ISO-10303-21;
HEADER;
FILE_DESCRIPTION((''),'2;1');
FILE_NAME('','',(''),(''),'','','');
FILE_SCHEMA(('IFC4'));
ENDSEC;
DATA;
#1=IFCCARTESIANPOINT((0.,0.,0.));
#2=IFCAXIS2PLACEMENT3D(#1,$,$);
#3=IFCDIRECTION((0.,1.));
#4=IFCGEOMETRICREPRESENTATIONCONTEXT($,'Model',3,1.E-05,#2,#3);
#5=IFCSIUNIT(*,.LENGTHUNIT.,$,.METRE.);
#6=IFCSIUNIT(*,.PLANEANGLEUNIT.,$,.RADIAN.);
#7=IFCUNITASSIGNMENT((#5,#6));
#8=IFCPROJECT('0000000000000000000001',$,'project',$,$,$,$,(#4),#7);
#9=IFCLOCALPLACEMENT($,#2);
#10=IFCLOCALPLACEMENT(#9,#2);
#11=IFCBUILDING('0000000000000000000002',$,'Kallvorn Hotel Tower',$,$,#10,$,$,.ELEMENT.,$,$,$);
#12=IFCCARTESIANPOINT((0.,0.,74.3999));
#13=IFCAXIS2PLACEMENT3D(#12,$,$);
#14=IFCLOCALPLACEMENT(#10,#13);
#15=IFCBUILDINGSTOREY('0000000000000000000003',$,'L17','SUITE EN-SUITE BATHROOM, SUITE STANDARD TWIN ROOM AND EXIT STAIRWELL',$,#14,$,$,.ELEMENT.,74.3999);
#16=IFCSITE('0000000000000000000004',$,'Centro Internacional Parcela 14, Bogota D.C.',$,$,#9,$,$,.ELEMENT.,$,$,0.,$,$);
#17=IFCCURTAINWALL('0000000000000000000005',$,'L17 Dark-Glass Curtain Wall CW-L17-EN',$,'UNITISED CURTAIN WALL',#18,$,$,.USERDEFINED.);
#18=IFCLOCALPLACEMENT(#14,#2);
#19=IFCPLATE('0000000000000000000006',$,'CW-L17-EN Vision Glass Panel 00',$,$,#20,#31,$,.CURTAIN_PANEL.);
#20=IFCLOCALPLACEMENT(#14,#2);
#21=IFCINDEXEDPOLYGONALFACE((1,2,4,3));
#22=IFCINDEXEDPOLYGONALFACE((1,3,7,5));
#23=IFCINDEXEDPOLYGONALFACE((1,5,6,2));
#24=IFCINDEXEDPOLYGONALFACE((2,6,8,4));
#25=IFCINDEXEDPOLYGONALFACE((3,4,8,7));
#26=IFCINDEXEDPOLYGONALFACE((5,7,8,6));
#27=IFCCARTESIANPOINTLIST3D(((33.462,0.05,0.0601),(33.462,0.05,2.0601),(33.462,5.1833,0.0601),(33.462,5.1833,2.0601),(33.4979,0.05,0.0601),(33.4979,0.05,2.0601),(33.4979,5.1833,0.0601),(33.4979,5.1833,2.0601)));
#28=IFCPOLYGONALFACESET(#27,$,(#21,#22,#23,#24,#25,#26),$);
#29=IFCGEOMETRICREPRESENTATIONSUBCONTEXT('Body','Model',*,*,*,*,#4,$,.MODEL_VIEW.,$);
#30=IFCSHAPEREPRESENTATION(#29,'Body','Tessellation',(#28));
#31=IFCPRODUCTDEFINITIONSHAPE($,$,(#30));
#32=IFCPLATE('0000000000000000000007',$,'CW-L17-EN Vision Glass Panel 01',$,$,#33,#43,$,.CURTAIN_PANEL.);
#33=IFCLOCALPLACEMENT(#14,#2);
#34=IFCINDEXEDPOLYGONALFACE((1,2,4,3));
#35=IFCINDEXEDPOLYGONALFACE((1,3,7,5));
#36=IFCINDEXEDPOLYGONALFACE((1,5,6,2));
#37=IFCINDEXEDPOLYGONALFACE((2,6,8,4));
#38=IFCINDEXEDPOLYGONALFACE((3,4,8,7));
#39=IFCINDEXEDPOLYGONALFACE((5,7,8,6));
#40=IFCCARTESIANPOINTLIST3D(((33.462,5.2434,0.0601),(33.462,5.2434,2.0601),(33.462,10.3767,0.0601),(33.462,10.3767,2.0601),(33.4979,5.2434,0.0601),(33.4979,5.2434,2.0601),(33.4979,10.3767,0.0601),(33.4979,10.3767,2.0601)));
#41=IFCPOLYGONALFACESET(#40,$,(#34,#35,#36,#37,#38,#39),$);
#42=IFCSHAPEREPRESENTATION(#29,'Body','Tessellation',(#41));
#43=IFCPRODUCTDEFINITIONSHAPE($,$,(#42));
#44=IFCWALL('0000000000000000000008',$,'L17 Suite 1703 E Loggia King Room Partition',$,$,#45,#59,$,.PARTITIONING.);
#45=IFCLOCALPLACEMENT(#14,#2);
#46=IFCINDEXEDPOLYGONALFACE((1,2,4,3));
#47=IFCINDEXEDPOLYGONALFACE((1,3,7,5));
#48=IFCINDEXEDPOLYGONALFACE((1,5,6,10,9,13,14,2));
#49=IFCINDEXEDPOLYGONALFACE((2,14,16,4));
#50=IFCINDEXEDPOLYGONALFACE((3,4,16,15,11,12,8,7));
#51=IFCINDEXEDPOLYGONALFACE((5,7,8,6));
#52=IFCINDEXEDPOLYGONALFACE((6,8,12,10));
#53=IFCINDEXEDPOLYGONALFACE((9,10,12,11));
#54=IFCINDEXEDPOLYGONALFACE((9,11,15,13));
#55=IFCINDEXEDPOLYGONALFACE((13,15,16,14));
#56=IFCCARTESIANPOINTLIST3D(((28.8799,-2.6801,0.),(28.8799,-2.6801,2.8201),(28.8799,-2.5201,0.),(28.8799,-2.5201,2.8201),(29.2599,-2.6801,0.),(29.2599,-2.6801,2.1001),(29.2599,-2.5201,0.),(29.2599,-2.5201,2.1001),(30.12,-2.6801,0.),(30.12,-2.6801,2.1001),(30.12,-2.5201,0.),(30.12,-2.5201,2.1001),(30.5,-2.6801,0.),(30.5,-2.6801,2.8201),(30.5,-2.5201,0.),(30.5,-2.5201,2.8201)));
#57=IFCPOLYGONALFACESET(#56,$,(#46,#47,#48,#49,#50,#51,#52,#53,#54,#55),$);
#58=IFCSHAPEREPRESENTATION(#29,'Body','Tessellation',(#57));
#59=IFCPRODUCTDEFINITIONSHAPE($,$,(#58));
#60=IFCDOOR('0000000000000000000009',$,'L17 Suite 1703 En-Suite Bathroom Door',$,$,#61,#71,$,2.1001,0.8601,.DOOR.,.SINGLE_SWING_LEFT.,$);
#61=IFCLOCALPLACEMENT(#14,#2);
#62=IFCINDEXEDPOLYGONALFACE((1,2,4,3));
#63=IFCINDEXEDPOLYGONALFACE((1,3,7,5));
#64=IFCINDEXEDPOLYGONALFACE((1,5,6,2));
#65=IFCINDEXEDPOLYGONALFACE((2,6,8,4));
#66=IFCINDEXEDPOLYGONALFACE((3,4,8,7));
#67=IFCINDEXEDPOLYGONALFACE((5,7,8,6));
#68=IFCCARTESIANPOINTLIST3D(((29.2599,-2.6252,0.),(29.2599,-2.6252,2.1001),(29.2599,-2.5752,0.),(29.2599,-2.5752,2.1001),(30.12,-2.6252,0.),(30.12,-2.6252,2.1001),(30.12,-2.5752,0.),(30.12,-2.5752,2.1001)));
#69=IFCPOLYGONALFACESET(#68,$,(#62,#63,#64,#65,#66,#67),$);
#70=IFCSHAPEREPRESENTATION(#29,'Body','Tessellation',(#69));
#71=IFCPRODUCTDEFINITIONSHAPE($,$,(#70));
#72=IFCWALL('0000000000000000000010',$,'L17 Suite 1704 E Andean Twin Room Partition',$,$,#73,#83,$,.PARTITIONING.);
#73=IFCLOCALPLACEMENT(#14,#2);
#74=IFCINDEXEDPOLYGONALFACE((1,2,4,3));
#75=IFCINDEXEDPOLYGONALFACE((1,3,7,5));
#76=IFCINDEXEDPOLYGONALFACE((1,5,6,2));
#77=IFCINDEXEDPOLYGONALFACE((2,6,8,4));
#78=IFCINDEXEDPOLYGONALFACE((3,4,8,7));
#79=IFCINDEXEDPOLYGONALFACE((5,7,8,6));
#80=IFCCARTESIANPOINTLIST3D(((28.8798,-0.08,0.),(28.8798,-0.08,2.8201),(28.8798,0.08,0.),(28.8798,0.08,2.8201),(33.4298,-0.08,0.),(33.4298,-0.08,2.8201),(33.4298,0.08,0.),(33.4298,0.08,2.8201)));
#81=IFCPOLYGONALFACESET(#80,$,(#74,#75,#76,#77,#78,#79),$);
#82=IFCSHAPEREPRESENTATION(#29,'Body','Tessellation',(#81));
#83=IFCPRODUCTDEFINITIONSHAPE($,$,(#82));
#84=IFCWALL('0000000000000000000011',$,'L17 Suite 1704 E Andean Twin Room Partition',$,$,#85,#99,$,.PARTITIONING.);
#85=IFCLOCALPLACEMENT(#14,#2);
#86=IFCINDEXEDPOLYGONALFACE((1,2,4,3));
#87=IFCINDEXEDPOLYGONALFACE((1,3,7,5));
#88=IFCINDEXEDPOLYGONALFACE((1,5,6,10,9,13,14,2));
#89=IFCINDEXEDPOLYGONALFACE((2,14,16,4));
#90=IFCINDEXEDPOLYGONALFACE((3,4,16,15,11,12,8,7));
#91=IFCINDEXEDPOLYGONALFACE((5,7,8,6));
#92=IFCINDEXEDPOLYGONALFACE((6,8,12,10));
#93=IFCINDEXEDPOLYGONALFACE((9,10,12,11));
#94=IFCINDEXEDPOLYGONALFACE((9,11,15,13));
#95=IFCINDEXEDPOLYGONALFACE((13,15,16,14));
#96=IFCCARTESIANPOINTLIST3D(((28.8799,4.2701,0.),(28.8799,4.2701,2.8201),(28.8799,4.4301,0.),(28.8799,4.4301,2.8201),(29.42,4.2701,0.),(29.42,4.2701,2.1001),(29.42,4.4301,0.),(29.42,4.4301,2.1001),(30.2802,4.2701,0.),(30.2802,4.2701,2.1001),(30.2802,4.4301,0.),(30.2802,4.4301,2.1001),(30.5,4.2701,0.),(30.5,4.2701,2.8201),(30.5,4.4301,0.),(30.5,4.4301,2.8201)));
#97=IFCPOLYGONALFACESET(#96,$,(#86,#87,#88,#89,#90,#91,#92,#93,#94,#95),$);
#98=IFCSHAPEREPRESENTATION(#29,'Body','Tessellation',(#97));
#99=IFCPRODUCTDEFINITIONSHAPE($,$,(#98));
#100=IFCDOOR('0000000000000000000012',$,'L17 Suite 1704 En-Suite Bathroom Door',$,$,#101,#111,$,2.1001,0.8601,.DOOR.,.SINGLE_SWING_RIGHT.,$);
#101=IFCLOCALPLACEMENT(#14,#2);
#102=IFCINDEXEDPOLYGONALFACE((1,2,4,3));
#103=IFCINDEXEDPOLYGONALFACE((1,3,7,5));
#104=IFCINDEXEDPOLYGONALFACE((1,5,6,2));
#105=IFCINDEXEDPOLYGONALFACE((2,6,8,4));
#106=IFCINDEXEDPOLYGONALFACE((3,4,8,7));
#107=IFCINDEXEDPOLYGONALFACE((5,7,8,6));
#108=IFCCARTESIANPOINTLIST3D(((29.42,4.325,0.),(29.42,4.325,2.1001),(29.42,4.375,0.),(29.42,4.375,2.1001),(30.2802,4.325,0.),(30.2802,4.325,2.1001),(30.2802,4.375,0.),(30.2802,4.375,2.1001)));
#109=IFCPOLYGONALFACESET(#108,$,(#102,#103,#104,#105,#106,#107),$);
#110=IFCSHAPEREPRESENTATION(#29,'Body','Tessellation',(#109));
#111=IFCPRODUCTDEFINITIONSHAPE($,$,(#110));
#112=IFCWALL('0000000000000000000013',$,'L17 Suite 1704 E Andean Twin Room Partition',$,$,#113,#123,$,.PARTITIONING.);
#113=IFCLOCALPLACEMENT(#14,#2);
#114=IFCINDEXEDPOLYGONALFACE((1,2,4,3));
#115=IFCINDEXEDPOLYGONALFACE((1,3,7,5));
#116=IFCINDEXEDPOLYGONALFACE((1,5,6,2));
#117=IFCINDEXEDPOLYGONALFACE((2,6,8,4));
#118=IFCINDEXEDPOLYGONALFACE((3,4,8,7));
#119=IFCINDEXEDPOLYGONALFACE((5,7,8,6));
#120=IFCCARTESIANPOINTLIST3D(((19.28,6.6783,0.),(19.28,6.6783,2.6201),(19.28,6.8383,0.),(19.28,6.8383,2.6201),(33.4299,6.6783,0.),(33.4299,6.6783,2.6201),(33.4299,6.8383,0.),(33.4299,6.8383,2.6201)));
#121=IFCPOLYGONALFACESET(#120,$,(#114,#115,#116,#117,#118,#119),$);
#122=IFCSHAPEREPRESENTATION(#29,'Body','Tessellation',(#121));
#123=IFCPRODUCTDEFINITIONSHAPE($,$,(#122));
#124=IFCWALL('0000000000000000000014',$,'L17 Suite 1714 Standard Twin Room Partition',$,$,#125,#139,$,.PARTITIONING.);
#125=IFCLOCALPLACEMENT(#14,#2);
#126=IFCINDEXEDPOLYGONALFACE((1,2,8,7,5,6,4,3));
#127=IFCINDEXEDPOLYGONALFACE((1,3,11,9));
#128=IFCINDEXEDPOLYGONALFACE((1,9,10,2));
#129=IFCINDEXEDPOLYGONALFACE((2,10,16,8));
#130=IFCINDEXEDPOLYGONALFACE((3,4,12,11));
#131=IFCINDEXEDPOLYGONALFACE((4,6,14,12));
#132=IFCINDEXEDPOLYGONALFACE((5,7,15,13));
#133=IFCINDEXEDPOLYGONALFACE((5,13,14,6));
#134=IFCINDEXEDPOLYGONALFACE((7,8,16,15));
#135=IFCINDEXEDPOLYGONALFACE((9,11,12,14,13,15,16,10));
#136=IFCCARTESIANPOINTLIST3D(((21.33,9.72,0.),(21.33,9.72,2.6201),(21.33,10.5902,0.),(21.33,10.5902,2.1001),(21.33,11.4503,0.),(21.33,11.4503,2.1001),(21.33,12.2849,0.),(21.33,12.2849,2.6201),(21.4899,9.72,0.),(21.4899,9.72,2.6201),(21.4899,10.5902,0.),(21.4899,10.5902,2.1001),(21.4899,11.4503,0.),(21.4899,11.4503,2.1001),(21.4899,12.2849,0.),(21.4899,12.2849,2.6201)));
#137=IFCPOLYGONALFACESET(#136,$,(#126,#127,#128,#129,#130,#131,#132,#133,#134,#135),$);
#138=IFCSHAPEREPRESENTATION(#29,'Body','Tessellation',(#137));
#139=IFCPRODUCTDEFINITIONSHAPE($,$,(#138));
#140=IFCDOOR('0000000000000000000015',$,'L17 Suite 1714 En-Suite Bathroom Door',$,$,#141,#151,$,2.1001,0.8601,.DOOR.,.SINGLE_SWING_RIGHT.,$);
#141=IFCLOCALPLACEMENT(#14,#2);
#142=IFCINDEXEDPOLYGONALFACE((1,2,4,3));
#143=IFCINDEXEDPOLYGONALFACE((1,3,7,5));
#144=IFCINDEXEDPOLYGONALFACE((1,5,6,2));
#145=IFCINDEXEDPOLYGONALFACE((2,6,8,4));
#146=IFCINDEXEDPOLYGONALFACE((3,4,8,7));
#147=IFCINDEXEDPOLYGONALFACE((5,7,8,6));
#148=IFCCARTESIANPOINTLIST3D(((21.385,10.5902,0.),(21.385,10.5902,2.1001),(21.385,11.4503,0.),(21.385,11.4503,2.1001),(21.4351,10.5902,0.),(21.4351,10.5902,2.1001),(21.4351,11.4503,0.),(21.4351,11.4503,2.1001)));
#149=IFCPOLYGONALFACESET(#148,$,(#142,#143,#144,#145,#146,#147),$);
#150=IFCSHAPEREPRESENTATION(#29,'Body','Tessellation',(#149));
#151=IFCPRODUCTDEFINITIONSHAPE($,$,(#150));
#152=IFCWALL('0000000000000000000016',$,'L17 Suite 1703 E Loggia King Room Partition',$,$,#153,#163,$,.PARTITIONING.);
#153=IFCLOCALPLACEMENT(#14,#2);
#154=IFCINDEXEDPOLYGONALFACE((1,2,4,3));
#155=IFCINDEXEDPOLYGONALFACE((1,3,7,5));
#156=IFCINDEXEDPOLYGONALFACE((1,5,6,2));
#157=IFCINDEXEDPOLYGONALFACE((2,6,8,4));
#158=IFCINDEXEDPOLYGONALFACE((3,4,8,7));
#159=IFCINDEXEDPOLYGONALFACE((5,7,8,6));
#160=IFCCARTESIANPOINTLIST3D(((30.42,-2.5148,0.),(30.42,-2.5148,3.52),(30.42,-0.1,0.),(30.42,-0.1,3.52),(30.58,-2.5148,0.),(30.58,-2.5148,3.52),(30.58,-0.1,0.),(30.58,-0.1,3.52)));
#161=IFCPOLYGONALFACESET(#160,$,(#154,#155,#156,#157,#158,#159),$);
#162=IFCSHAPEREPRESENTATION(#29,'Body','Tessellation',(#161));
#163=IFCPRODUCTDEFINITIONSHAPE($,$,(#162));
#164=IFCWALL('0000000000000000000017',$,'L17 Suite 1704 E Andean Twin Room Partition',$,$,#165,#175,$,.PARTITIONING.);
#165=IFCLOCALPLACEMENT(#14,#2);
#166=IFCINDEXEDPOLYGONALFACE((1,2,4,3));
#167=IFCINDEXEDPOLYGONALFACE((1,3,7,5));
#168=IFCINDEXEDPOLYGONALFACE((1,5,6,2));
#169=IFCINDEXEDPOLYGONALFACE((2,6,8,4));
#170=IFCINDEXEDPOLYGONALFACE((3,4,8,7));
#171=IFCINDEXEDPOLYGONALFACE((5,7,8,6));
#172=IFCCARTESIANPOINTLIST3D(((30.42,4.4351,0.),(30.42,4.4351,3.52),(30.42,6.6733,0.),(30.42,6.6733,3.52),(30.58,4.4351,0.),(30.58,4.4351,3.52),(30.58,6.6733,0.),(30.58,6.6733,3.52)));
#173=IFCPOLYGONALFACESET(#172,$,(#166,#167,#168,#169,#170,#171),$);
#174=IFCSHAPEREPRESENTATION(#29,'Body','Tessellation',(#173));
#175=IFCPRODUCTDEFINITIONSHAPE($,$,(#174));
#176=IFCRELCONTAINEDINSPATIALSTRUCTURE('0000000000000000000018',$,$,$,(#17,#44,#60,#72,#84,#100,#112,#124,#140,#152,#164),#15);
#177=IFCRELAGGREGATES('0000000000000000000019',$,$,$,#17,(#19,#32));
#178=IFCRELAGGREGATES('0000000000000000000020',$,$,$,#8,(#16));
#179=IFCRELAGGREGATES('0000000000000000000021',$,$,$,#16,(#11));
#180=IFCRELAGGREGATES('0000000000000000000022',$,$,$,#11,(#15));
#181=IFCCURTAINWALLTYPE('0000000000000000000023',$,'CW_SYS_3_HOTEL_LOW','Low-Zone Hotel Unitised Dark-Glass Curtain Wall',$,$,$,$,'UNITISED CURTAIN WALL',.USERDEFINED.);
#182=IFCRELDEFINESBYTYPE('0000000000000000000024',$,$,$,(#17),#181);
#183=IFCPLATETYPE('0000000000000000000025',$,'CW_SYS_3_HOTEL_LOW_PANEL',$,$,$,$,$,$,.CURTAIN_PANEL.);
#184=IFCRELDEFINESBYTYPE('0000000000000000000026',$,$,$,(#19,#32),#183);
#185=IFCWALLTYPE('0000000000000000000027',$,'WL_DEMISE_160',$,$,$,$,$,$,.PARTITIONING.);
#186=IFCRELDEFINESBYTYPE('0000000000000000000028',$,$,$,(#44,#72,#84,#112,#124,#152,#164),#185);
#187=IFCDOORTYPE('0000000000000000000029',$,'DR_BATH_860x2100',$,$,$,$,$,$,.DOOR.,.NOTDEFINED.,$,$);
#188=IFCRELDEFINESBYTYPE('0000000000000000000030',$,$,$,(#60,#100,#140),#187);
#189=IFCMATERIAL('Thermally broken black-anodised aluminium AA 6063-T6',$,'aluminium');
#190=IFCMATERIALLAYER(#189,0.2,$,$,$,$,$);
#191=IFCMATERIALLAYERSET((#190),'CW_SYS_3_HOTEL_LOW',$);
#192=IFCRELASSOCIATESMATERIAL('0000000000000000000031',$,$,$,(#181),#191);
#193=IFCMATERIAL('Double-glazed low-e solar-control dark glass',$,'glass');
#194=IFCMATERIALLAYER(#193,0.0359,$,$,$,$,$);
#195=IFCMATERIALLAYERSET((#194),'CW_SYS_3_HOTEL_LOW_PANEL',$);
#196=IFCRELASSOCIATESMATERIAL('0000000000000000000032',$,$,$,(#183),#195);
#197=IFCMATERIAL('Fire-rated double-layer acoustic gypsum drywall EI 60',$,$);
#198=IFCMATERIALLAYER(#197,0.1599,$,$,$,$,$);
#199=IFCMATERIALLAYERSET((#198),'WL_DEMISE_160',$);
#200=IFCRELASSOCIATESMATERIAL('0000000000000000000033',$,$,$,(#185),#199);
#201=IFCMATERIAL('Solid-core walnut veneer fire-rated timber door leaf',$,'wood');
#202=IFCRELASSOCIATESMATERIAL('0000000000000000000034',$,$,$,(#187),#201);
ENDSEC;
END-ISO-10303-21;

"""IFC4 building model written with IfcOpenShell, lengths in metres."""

from ifc_helpers import new_model, si_unit, direction, frame, frame_2d, origin, origin_2d, place, context, subcontext, project, spatial, rectangle, extrude, material, layer, layer_set, type_object, element, fill, aggregate, save


model = new_model("IFC4")

# Units and contexts
model_context = context("Model", 3, precision=1e-05, world=origin(), true_north=direction((0.0, 1.0)))
body_context = subcontext(model_context, "Body", "Model", "MODEL_VIEW")
ifc_project = project(units=[si_unit("LENGTHUNIT", "METRE"), si_unit("PLANEANGLEUNIT", "RADIAN")], contexts=[model_context])

# Site, building, storey
site_placement = place(None, origin())
site = spatial("IfcSite", under=ifc_project, at=site_placement, Name="Centro Internacional Parcela 14, Bogota D.C.", CompositionType="ELEMENT", RefElevation=0.0)
building_placement = place(site_placement, origin())
building = spatial("IfcBuilding", under=site, at=building_placement, Name="Kallvorn Hotel Tower", CompositionType="ELEMENT")
storey_placement = place(building_placement, frame((0.0, 0.0, 74.3999)))
storey = spatial("IfcBuildingStorey", under=building, at=storey_placement, Name="L17", Description="SUITE EN-SUITE BATHROOM, SUITE STANDARD TWIN ROOM AND EXIT STAIRWELL", CompositionType="ELEMENT", Elevation=74.3999)

# Curtain wall, plates
ifc_material_1 = material(Name="Thermally broken black-anodised aluminium AA 6063-T6", Category="aluminium")
ifc_layer_1 = layer(ifc_material_1, 0.2)
ifc_layer_set_1 = layer_set([ifc_layer_1], Name="CW_SYS_3_HOTEL_LOW")
curtain_wall_type = type_object("IfcCurtainWallType", Name="CW_SYS_3_HOTEL_LOW", Description="Low-Zone Hotel Unitised Dark-Glass Curtain Wall", ElementType="UNITISED CURTAIN WALL", PredefinedType="USERDEFINED", material=ifc_layer_set_1)
curtain_wall_placement = place(storey_placement, origin())
curtain_wall = element("IfcCurtainWall", 1, at=curtain_wall_placement, inside=storey, type_object=curtain_wall_type, Name="L17 Dark-Glass Curtain Wall CW-L17-EN", ObjectType="UNITISED CURTAIN WALL", PredefinedType="USERDEFINED")
ifc_material_2 = material(Name="Double-glazed low-e solar-control dark glass", Category="glass")
ifc_layer_2 = layer(ifc_material_2, 0.0359)
ifc_layer_set_2 = layer_set([ifc_layer_2], Name="CW_SYS_3_HOTEL_LOW_PANEL")
plate_type = type_object("IfcPlateType", Name="CW_SYS_3_HOTEL_LOW_PANEL", PredefinedType="CURTAIN_PANEL", material=ifc_layer_set_2)
plate_1_placement = place(storey_placement, frame((33.48, 2.6167, 0.0601), z_axis=(0.0, 0.0, 1.0), x_axis=(0.0, 1.0, 0.0)))
plate_1 = element("IfcPlate", 2, at=plate_1_placement, type_object=plate_type, Name="CW-L17-EN Vision Glass Panel 00", PredefinedType="CURTAIN_PANEL", context=body_context, shape_type="SweptSolid", body=[
    extrude(rectangle(XDim=5.1333, YDim=0.0359, at=origin_2d()), origin(), (0.0, 0.0, 1.0), 2.0),
])
plate_2_placement = place(storey_placement, frame((33.48, 7.8101, 0.0601), z_axis=(0.0, 0.0, 1.0), x_axis=(0.0, 1.0, 0.0)))
plate_2 = element("IfcPlate", 3, at=plate_2_placement, type_object=plate_type, Name="CW-L17-EN Vision Glass Panel 01", PredefinedType="CURTAIN_PANEL", context=body_context, shape_type="SweptSolid", body=[
    extrude(rectangle(XDim=5.1333, YDim=0.0359, at=origin_2d()), origin(), (0.0, 0.0, 1.0), 2.0),
])
aggregate(curtain_wall, [plate_1, plate_2])

# Wall, opening, door
ifc_material_3 = material(Name="Fire-rated double-layer acoustic gypsum drywall EI 60")
ifc_layer_3 = layer(ifc_material_3, 0.1599)
ifc_layer_set_3 = layer_set([ifc_layer_3], Name="WL_DEMISE_160")
wall_type_1 = type_object("IfcWallType", Name="WL_DEMISE_160", PredefinedType="PARTITIONING", material=ifc_layer_set_3)
wall_1_placement = place(storey_placement, frame((28.8799, -2.6001, 0.0), z_axis=(0.0, 0.0, 1.0), x_axis=(1.0, 0.0, 0.0)))
wall_1 = element("IfcWall", 4, at=wall_1_placement, inside=storey, type_object=wall_type_1, Name="L17 Suite 1703 E Loggia King Room Partition", PredefinedType="PARTITIONING", context=body_context, shape_type="SweptSolid", body=[
    extrude(rectangle(XDim=1.6201, YDim=0.1599, at=frame_2d((0.8101, 0.0))), origin(), (0.0, 0.0, 1.0), 2.8201),
])
opening_1_placement = place(wall_1_placement, frame((0.3799, 0.0, 0.0)))
opening_1 = element("IfcOpeningElement", 5, at=opening_1_placement, cuts=wall_1, PredefinedType="OPENING", context=body_context, shape_type="SweptSolid", body=[
    extrude(rectangle(XDim=0.8601, YDim=2.1001, at=frame_2d((0.4302, 1.05))), frame((0.0, 0.095, 0.0), z_axis=(0.0, -1.0, 0.0), x_axis=(1.0, 0.0, 0.0)), (0.0, 0.0, 1.0), 0.1899),
])
ifc_material_4 = material(Name="Solid-core walnut veneer fire-rated timber door leaf", Category="wood")
door_type = type_object("IfcDoorType", Name="DR_BATH_860x2100", OperationType="NOTDEFINED", PredefinedType="DOOR", material=ifc_material_4)
door_1_placement = place(opening_1_placement, origin())
door_1 = element("IfcDoor", 6, at=door_1_placement, inside=storey, type_object=door_type, Name="L17 Suite 1703 En-Suite Bathroom Door", OperationType="SINGLE_SWING_LEFT", OverallHeight=2.1001, OverallWidth=0.8601, PredefinedType="DOOR", context=body_context, shape_type="SweptSolid", body=[
    extrude(rectangle(XDim=0.8601, YDim=2.1001, at=frame_2d((0.4302, 1.05))), frame((0.0, 0.0249, 0.0), z_axis=(0.0, -1.0, 0.0), x_axis=(1.0, 0.0, 0.0)), (0.0, 0.0, 1.0), 0.05),
])
fill(opening_1, door_1)

# Wall
wall_2_placement = place(storey_placement, frame((28.8799, 0.0, 0.0), z_axis=(0.0, 0.0, 1.0), x_axis=(1.0, 0.0, 0.0)))
element("IfcWall", 7, at=wall_2_placement, inside=storey, type_object=wall_type_1, Name="L17 Suite 1704 E Andean Twin Room Partition", PredefinedType="PARTITIONING", context=body_context, shape_type="SweptSolid", body=[
    extrude(rectangle(XDim=4.55, YDim=0.1599, at=frame_2d((2.2749, 0.0))), origin(), (0.0, 0.0, 1.0), 2.8201),
])

# Wall, opening, door
wall_3_placement = place(storey_placement, frame((28.8799, 4.3501, 0.0), z_axis=(0.0, 0.0, 1.0), x_axis=(1.0, 0.0, 0.0)))
wall_3 = element("IfcWall", 8, at=wall_3_placement, inside=storey, type_object=wall_type_1, Name="L17 Suite 1704 E Andean Twin Room Partition", PredefinedType="PARTITIONING", context=body_context, shape_type="SweptSolid", body=[
    extrude(rectangle(XDim=1.6201, YDim=0.1599, at=frame_2d((0.8101, 0.0))), origin(), (0.0, 0.0, 1.0), 2.8201),
])
opening_2_placement = place(wall_3_placement, frame((0.54, 0.0, 0.0)))
opening_2 = element("IfcOpeningElement", 9, at=opening_2_placement, cuts=wall_3, PredefinedType="OPENING", context=body_context, shape_type="SweptSolid", body=[
    extrude(rectangle(XDim=0.8601, YDim=2.1001, at=frame_2d((0.4302, 1.05))), frame((0.0, 0.095, 0.0), z_axis=(0.0, -1.0, 0.0), x_axis=(1.0, 0.0, 0.0)), (0.0, 0.0, 1.0), 0.1899),
])
door_2_placement = place(opening_2_placement, origin())
door_2 = element("IfcDoor", 10, at=door_2_placement, inside=storey, type_object=door_type, Name="L17 Suite 1704 En-Suite Bathroom Door", OperationType="SINGLE_SWING_RIGHT", OverallHeight=2.1001, OverallWidth=0.8601, PredefinedType="DOOR", context=body_context, shape_type="SweptSolid", body=[
    extrude(rectangle(XDim=0.8601, YDim=2.1001, at=frame_2d((0.4302, 1.05))), frame((0.0, 0.0249, 0.0), z_axis=(0.0, -1.0, 0.0), x_axis=(1.0, 0.0, 0.0)), (0.0, 0.0, 1.0), 0.05),
])
fill(opening_2, door_2)

# Wall
wall_4_placement = place(storey_placement, frame((19.28, 6.7583, 0.0), z_axis=(0.0, 0.0, 1.0), x_axis=(1.0, 0.0, 0.0)))
element("IfcWall", 11, at=wall_4_placement, inside=storey, type_object=wall_type_1, Name="L17 Suite 1704 E Andean Twin Room Partition", PredefinedType="PARTITIONING", context=body_context, shape_type="SweptSolid", body=[
    extrude(rectangle(XDim=14.1499, YDim=0.1599, at=frame_2d((7.075, 0.0))), origin(), (0.0, 0.0, 1.0), 2.6201),
])

# Wall, opening, door
wall_5_placement = place(storey_placement, frame((21.4099, 9.72, 0.0), z_axis=(0.0, 0.0, 1.0), x_axis=(0.0, 1.0, 0.0)))
wall_5 = element("IfcWall", 12, at=wall_5_placement, inside=storey, type_object=wall_type_1, Name="L17 Suite 1714 Standard Twin Room Partition", PredefinedType="PARTITIONING", context=body_context, shape_type="SweptSolid", body=[
    extrude(rectangle(XDim=2.5649, YDim=0.1599, at=frame_2d((1.2825, 0.0))), origin(), (0.0, 0.0, 1.0), 2.6201),
])
opening_3_placement = place(wall_5_placement, frame((0.8701, 0.0, 0.0)))
opening_3 = element("IfcOpeningElement", 13, at=opening_3_placement, cuts=wall_5, PredefinedType="OPENING", context=body_context, shape_type="SweptSolid", body=[
    extrude(rectangle(XDim=0.8601, YDim=2.1001, at=frame_2d((0.4302, 1.05))), frame((0.0, 0.095, 0.0), z_axis=(0.0, -1.0, 0.0), x_axis=(1.0, 0.0, 0.0)), (0.0, 0.0, 1.0), 0.1899),
])
door_3_placement = place(opening_3_placement, origin())
door_3 = element("IfcDoor", 14, at=door_3_placement, inside=storey, type_object=door_type, Name="L17 Suite 1714 En-Suite Bathroom Door", OperationType="SINGLE_SWING_RIGHT", OverallHeight=2.1001, OverallWidth=0.8601, PredefinedType="DOOR", context=body_context, shape_type="SweptSolid", body=[
    extrude(rectangle(XDim=0.8601, YDim=2.1001, at=frame_2d((0.4302, 1.05))), frame((0.0, 0.0249, 0.0), z_axis=(0.0, -1.0, 0.0), x_axis=(1.0, 0.0, 0.0)), (0.0, 0.0, 1.0), 0.05),
])
fill(opening_3, door_3)

# Walls
wall_6_placement = place(storey_placement, frame((30.5, -2.5149, 0.0), z_axis=(0.0, 0.0, 1.0), x_axis=(0.0, 1.0, 0.0)))
element("IfcWall", 15, at=wall_6_placement, inside=storey, type_object=wall_type_1, Name="L17 Suite 1703 E Loggia King Room Partition", PredefinedType="PARTITIONING", context=body_context, shape_type="SweptSolid", body=[
    extrude(rectangle(XDim=2.4148, YDim=0.1599, at=frame_2d((1.2075, 0.0))), origin(), (0.0, 0.0, 1.0), 3.52),
])
wall_7_placement = place(storey_placement, frame((30.5, 4.4351, 0.0), z_axis=(0.0, 0.0, 1.0), x_axis=(0.0, 1.0, 0.0)))
element("IfcWall", 16, at=wall_7_placement, inside=storey, type_object=wall_type_1, Name="L17 Suite 1704 E Andean Twin Room Partition", PredefinedType="PARTITIONING", context=body_context, shape_type="SweptSolid", body=[
    extrude(rectangle(XDim=2.2383, YDim=0.1599, at=frame_2d((1.1191, 0.0))), origin(), (0.0, 0.0, 1.0), 3.52),
])

save(model, "model.ifc")
